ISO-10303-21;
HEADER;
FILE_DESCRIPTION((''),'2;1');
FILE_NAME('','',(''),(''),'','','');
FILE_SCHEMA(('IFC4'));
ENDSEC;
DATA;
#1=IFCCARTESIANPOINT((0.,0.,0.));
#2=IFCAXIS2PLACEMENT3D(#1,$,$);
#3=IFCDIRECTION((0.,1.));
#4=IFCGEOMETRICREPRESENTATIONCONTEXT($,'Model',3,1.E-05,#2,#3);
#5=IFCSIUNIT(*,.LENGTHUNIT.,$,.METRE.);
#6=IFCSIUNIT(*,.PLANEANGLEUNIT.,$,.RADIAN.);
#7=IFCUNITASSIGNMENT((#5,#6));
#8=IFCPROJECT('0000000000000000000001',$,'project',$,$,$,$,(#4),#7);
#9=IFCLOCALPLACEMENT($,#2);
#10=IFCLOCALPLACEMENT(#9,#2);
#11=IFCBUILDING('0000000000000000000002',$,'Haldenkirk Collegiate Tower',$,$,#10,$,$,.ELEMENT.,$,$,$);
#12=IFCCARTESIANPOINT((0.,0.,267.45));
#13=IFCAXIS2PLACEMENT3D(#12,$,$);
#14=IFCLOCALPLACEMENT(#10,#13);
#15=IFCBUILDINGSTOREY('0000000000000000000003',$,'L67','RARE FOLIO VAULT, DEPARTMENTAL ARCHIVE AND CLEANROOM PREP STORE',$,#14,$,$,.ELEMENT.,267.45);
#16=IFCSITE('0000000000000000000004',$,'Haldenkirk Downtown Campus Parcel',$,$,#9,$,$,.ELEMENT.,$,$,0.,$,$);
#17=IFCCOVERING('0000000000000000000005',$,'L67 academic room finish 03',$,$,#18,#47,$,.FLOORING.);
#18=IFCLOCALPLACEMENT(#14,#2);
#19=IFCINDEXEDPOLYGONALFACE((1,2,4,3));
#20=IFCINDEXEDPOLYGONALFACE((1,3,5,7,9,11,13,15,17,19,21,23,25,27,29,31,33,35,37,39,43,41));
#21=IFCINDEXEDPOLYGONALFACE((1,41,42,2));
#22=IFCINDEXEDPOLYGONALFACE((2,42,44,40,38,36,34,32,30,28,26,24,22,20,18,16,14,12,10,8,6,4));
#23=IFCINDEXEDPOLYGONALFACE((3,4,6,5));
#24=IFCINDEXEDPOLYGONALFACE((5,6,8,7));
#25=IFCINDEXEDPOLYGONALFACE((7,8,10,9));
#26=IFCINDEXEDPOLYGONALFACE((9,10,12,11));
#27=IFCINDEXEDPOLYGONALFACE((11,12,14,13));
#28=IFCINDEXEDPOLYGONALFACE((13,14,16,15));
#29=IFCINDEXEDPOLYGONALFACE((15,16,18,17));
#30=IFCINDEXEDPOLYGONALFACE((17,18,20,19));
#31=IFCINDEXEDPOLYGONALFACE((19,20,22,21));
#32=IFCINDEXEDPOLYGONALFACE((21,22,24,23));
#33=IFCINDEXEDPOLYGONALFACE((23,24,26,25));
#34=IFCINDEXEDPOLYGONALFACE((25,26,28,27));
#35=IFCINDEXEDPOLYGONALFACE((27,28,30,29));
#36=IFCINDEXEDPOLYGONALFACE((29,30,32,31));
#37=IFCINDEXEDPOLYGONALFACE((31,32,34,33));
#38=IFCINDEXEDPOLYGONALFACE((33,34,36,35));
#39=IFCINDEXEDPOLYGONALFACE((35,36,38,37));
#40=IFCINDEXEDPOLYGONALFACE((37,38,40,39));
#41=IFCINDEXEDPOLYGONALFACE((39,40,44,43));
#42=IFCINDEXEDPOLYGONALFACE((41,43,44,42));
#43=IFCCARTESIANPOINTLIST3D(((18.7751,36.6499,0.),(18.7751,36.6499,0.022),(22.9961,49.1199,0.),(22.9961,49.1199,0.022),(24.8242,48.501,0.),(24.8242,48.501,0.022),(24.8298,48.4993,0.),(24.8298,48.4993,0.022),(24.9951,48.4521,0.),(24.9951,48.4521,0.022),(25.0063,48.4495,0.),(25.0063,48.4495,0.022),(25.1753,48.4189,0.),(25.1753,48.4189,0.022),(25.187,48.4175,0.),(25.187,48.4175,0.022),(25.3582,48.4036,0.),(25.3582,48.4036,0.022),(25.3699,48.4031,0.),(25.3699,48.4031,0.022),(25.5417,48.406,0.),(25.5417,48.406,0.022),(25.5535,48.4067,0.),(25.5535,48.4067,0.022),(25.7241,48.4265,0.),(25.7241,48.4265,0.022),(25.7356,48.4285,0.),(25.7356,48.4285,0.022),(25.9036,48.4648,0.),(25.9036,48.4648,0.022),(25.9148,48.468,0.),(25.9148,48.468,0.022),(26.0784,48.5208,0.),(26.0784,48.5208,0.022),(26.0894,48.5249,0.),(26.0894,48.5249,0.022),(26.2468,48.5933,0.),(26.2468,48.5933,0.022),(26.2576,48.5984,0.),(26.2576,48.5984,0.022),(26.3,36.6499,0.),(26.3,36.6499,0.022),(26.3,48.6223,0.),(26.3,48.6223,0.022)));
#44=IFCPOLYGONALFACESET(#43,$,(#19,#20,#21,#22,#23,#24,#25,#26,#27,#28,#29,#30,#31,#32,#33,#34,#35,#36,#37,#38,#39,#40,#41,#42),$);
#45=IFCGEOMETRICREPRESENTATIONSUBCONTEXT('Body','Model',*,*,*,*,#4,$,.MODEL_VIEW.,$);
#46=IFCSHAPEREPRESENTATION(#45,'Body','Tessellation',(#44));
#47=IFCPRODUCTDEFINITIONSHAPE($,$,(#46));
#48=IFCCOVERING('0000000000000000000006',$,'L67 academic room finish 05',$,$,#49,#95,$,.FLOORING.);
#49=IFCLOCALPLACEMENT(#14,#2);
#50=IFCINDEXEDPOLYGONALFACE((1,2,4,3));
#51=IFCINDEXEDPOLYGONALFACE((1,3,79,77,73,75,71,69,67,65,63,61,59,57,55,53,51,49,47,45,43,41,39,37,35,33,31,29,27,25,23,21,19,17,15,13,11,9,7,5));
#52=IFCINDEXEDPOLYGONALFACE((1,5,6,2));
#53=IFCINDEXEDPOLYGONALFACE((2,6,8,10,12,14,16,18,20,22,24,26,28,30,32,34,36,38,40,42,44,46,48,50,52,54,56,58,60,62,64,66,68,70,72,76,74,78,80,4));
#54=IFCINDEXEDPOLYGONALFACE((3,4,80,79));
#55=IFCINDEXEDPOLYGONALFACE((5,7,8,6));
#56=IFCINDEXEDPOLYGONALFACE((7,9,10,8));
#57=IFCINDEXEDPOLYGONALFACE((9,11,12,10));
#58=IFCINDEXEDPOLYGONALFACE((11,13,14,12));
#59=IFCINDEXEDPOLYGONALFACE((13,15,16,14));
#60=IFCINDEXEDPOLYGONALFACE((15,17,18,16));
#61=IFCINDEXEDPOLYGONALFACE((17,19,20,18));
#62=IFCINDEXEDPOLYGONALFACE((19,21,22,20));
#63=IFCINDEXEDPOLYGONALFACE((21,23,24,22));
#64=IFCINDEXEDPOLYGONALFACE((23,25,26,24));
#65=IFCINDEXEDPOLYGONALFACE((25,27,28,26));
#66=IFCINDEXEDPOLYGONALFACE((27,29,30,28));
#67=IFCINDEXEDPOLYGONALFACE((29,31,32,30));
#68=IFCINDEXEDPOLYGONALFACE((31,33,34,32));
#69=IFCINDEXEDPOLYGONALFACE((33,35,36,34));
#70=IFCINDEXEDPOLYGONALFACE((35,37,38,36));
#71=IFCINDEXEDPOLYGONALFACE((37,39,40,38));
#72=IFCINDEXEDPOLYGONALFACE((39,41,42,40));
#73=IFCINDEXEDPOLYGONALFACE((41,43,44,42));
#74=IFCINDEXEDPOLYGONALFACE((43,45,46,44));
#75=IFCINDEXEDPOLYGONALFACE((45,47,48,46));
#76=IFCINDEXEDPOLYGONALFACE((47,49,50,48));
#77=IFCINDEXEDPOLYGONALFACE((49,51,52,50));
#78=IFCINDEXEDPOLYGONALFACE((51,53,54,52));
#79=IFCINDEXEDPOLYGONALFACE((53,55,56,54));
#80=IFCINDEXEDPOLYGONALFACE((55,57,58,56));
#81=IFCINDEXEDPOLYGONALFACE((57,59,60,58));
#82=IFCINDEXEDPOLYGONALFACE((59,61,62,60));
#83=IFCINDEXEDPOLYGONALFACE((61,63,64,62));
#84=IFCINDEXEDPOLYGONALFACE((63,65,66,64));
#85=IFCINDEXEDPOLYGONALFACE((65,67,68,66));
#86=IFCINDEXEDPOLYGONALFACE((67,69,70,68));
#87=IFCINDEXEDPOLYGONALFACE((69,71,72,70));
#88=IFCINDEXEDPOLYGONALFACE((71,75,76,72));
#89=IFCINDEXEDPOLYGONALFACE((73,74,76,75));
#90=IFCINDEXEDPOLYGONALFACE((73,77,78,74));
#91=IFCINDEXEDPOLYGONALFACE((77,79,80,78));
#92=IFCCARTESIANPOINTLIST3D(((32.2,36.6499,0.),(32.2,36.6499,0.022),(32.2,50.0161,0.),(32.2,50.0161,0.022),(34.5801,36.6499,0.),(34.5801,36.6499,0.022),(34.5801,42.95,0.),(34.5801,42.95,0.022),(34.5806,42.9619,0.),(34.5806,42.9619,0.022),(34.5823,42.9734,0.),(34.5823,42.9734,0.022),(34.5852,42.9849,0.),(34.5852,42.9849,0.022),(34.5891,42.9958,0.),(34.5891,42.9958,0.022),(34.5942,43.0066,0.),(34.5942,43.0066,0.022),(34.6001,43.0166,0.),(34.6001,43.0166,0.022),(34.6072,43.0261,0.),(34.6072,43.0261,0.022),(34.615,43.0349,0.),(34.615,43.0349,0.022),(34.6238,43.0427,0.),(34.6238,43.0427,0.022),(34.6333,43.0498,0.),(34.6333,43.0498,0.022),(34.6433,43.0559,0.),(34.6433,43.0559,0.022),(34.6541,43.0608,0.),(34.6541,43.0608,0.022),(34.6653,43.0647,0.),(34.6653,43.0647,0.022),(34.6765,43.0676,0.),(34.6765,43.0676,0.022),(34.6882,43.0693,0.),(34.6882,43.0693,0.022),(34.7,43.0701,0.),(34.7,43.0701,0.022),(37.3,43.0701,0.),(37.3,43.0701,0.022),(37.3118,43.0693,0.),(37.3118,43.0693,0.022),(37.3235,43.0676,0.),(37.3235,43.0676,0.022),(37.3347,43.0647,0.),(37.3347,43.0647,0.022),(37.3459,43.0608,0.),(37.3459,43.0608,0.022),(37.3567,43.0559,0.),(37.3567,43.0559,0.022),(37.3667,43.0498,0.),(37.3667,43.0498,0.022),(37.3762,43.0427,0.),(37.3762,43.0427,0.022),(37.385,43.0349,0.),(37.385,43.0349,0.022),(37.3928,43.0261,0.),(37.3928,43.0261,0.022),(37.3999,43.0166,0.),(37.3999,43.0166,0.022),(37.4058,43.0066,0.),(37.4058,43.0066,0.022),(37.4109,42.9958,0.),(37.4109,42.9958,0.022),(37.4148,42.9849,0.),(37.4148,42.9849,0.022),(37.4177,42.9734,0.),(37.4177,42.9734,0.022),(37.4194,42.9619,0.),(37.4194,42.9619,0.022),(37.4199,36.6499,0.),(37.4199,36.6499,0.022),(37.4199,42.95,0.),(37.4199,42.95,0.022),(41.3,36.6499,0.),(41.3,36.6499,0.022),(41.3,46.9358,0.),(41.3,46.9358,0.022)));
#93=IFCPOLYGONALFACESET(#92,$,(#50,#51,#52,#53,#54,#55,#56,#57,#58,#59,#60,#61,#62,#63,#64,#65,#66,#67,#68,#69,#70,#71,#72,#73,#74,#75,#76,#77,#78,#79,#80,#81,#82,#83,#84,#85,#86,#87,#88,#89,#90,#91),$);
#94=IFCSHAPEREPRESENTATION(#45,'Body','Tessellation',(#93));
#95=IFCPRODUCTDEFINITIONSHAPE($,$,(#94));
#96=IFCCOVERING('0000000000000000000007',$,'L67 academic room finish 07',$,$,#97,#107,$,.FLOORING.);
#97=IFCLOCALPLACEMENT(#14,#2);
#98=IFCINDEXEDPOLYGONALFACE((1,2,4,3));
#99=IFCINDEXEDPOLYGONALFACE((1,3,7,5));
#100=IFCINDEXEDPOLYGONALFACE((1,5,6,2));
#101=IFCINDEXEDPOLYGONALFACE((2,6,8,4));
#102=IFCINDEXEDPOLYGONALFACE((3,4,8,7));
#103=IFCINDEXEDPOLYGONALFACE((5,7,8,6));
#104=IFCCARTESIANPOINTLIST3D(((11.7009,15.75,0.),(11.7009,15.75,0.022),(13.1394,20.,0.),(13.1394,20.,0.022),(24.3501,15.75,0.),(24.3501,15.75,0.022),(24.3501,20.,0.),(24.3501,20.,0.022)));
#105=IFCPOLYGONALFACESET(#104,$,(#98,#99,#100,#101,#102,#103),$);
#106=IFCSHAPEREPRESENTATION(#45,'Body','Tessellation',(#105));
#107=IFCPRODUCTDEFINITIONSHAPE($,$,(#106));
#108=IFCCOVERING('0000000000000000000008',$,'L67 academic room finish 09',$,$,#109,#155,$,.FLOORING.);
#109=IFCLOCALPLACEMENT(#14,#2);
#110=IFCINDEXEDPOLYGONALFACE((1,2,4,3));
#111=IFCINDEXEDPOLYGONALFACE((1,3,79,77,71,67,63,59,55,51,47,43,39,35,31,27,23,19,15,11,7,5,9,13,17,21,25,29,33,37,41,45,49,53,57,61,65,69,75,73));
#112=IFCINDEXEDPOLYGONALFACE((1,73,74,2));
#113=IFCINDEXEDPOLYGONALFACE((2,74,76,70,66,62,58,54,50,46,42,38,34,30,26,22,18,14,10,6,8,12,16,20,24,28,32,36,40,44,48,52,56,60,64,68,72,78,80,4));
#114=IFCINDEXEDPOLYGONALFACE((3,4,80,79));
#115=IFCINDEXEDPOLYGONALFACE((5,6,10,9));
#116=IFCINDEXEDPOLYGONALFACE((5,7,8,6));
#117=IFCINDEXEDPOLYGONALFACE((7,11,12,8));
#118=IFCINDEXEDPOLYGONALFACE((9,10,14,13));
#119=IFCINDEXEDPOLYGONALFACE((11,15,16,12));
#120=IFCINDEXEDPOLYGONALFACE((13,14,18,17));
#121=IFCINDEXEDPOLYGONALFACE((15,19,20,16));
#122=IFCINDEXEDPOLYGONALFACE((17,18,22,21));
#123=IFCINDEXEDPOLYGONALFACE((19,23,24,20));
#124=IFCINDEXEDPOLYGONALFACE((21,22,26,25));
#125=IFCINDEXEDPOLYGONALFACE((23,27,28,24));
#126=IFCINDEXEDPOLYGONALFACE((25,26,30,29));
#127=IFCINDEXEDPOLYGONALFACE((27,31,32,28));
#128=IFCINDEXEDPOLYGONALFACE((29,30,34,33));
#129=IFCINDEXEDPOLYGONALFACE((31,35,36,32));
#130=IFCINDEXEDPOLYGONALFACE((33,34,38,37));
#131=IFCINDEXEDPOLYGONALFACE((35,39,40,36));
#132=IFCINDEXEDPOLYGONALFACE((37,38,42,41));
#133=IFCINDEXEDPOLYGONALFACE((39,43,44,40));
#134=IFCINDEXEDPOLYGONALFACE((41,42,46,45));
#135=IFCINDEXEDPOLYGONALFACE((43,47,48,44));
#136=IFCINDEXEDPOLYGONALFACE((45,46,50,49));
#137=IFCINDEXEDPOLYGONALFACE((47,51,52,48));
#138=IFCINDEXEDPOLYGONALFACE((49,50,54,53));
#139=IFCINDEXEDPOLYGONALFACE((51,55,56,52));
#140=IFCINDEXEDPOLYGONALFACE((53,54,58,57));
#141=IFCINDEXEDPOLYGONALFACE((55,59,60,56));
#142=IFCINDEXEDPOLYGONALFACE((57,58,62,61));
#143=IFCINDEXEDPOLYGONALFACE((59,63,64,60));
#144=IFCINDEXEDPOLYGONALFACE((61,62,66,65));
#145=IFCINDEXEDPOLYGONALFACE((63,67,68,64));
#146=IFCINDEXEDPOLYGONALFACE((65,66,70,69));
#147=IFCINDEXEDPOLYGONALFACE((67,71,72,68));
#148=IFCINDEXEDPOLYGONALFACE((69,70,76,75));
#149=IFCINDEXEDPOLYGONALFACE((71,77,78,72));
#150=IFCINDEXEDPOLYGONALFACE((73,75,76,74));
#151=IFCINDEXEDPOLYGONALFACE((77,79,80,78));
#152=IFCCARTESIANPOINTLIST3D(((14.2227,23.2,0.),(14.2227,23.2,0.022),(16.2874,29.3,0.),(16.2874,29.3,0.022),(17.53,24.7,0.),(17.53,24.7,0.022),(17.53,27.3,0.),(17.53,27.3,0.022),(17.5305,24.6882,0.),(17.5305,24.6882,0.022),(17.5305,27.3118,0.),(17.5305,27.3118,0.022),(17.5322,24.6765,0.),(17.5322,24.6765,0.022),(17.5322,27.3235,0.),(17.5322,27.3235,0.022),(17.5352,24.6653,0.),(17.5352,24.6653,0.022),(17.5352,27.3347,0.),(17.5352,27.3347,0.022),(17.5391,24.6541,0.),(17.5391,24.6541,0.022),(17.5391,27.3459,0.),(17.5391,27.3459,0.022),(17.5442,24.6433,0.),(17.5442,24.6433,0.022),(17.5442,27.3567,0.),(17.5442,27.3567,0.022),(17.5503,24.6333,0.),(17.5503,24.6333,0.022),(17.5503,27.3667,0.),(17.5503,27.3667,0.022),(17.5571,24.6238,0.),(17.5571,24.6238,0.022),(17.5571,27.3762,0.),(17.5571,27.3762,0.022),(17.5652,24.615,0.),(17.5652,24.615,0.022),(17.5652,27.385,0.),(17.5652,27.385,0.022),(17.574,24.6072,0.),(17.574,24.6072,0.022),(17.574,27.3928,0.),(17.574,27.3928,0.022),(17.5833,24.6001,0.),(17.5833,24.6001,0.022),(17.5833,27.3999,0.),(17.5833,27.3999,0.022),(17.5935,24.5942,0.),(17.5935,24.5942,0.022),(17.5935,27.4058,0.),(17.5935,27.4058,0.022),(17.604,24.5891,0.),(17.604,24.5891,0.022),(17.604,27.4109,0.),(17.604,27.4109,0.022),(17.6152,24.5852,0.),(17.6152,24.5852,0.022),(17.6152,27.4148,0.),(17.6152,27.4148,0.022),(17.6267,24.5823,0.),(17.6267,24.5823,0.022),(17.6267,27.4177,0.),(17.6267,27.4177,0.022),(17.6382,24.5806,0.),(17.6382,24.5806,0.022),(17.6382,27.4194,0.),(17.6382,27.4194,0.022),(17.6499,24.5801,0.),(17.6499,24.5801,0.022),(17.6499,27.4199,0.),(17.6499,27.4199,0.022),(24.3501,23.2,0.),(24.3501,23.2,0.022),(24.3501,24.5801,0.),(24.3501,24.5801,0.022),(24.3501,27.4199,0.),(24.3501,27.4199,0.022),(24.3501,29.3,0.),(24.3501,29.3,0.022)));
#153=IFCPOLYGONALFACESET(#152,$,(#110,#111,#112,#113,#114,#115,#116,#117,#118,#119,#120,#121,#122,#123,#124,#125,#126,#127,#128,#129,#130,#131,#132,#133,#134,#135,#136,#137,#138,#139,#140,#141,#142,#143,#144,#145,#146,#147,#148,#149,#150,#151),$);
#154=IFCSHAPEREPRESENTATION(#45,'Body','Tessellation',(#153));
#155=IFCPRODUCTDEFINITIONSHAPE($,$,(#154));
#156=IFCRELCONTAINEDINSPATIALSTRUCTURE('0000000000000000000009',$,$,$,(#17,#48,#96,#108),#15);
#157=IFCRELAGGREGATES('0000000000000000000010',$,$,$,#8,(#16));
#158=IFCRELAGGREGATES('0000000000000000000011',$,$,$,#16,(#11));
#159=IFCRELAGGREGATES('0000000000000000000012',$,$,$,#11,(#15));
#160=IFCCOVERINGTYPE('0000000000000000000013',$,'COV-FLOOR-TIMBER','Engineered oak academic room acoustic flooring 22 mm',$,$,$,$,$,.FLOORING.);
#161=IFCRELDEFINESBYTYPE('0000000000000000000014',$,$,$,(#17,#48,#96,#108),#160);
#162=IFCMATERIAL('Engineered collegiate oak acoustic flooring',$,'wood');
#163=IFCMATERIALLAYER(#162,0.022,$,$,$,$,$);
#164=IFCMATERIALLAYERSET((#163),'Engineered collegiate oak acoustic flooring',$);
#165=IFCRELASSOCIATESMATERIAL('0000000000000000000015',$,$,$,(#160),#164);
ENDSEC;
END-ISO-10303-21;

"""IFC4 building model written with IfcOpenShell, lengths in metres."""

from ifc_helpers import new_model, si_unit, direction, frame, origin, place, context, subcontext, project, spatial, polyline, outline, extrude, material, layer, layer_set, type_object, element, save


model = new_model("IFC4")

# Units and contexts
model_context = context("Model", 3, precision=1e-05, world=origin(), true_north=direction((0.0, 1.0)))
body_context = subcontext(model_context, "Body", "Model", "MODEL_VIEW")
ifc_project = project(units=[si_unit("LENGTHUNIT", "METRE"), si_unit("PLANEANGLEUNIT", "RADIAN")], contexts=[model_context])

# Site, building, storey
site_placement = place(None, origin())
site = spatial("IfcSite", under=ifc_project, at=site_placement, Name="Haldenkirk Downtown Campus Parcel", CompositionType="ELEMENT", RefElevation=0.0)
building_placement = place(site_placement, origin())
building = spatial("IfcBuilding", under=site, at=building_placement, Name="Haldenkirk Collegiate Tower", CompositionType="ELEMENT")
storey_placement = place(building_placement, frame((0.0, 0.0, 267.45)))
storey = spatial("IfcBuildingStorey", under=building, at=storey_placement, Name="L67", Description="RARE FOLIO VAULT, DEPARTMENTAL ARCHIVE AND CLEANROOM PREP STORE", CompositionType="ELEMENT", Elevation=267.45)

# Coverings
ifc_material_1 = material(Name="Engineered collegiate oak acoustic flooring", Category="wood")
ifc_layer_1 = layer(ifc_material_1, 0.022)
ifc_layer_set_1 = layer_set([ifc_layer_1], Name="Engineered collegiate oak acoustic flooring")
covering_type_1 = type_object("IfcCoveringType", Name="COV-FLOOR-TIMBER", Description="Engineered oak academic room acoustic flooring 22 mm", PredefinedType="FLOORING", material=ifc_layer_set_1)
covering_1_placement = place(storey_placement, origin())
element("IfcCovering", 1, at=covering_1_placement, inside=storey, type_object=covering_type_1, Name="L67 academic room finish 03", PredefinedType="FLOORING", context=body_context, shape_type="SweptSolid", body=[
    extrude(outline(polyline([(24.8242, 48.501), (24.8298, 48.4993), (24.9951, 48.4521), (25.0063, 48.4495), (25.1753, 48.4189), (25.187, 48.4175), (25.3582, 48.4036), (25.3699, 48.4031), (25.5417, 48.406), (25.5535, 48.4067), (25.7241, 48.4265), (25.7356, 48.4285), (25.9036, 48.4648), (25.9148, 48.468), (26.0784, 48.5208), (26.0894, 48.5249), (26.2468, 48.5933), (26.2576, 48.5984), (26.3, 48.6223), (26.3, 36.6499), (18.7751, 36.6499), (22.9961, 49.1199), (24.8242, 48.501)])), origin(), (0.0, 0.0, 1.0), 0.022),
])
covering_2_placement = place(storey_placement, origin())
element("IfcCovering", 2, at=covering_2_placement, inside=storey, type_object=covering_type_1, Name="L67 academic room finish 05", PredefinedType="FLOORING", context=body_context, shape_type="SweptSolid", body=[
    extrude(outline(polyline([(41.3, 46.9358), (41.3, 36.6499), (37.4199, 36.6499), (37.4199, 42.95), (37.4194, 42.9619), (37.4177, 42.9734), (37.4148, 42.9849), (37.4109, 42.9958), (37.4058, 43.0066), (37.3999, 43.0166), (37.3928, 43.0261), (37.385, 43.0349), (37.3762, 43.0427), (37.3667, 43.0498), (37.3567, 43.0559), (37.3459, 43.0608), (37.3347, 43.0647), (37.3235, 43.0676), (37.3118, 43.0693), (37.3, 43.0701), (34.7, 43.0701), (34.6882, 43.0693), (34.6765, 43.0676), (34.6653, 43.0647), (34.6541, 43.0608), (34.6433, 43.0559), (34.6333, 43.0498), (34.6238, 43.0427), (34.615, 43.0349), (34.6072, 43.0261), (34.6001, 43.0166), (34.5942, 43.0066), (34.5891, 42.9958), (34.5852, 42.9849), (34.5823, 42.9734), (34.5806, 42.9619), (34.5801, 42.95), (34.5801, 36.6499), (32.2, 36.6499), (32.2, 50.0161), (41.3, 46.9358)])), origin(), (0.0, 0.0, 1.0), 0.022),
])
covering_3_placement = place(storey_placement, origin())
element("IfcCovering", 3, at=covering_3_placement, inside=storey, type_object=covering_type_1, Name="L67 academic room finish 07", PredefinedType="FLOORING", context=body_context, shape_type="SweptSolid", body=[
    extrude(outline(polyline([(13.1394, 20.0), (24.3501, 20.0), (24.3501, 15.75), (11.7009, 15.75), (13.1394, 20.0)])), origin(), (0.0, 0.0, 1.0), 0.022),
])
covering_4_placement = place(storey_placement, origin())
element("IfcCovering", 4, at=covering_4_placement, inside=storey, type_object=covering_type_1, Name="L67 academic room finish 09", PredefinedType="FLOORING", context=body_context, shape_type="SweptSolid", body=[
    extrude(outline(polyline([(17.6499, 27.4199), (17.6382, 27.4194), (17.6267, 27.4177), (17.6152, 27.4148), (17.604, 27.4109), (17.5935, 27.4058), (17.5833, 27.3999), (17.574, 27.3928), (17.5652, 27.385), (17.5571, 27.3762), (17.5503, 27.3667), (17.5442, 27.3567), (17.5391, 27.3459), (17.5352, 27.3347), (17.5322, 27.3235), (17.5305, 27.3118), (17.53, 27.3), (17.53, 24.7), (17.5305, 24.6882), (17.5322, 24.6765), (17.5352, 24.6653), (17.5391, 24.6541), (17.5442, 24.6433), (17.5503, 24.6333), (17.5571, 24.6238), (17.5652, 24.615), (17.574, 24.6072), (17.5833, 24.6001), (17.5935, 24.5942), (17.604, 24.5891), (17.6152, 24.5852), (17.6267, 24.5823), (17.6382, 24.5806), (17.6499, 24.5801), (24.3501, 24.5801), (24.3501, 23.2), (14.2227, 23.2), (16.2874, 29.3), (24.3501, 29.3), (24.3501, 27.4199), (17.6499, 27.4199)])), origin(), (0.0, 0.0, 1.0), 0.022),
])

save(model, "model.ifc")
